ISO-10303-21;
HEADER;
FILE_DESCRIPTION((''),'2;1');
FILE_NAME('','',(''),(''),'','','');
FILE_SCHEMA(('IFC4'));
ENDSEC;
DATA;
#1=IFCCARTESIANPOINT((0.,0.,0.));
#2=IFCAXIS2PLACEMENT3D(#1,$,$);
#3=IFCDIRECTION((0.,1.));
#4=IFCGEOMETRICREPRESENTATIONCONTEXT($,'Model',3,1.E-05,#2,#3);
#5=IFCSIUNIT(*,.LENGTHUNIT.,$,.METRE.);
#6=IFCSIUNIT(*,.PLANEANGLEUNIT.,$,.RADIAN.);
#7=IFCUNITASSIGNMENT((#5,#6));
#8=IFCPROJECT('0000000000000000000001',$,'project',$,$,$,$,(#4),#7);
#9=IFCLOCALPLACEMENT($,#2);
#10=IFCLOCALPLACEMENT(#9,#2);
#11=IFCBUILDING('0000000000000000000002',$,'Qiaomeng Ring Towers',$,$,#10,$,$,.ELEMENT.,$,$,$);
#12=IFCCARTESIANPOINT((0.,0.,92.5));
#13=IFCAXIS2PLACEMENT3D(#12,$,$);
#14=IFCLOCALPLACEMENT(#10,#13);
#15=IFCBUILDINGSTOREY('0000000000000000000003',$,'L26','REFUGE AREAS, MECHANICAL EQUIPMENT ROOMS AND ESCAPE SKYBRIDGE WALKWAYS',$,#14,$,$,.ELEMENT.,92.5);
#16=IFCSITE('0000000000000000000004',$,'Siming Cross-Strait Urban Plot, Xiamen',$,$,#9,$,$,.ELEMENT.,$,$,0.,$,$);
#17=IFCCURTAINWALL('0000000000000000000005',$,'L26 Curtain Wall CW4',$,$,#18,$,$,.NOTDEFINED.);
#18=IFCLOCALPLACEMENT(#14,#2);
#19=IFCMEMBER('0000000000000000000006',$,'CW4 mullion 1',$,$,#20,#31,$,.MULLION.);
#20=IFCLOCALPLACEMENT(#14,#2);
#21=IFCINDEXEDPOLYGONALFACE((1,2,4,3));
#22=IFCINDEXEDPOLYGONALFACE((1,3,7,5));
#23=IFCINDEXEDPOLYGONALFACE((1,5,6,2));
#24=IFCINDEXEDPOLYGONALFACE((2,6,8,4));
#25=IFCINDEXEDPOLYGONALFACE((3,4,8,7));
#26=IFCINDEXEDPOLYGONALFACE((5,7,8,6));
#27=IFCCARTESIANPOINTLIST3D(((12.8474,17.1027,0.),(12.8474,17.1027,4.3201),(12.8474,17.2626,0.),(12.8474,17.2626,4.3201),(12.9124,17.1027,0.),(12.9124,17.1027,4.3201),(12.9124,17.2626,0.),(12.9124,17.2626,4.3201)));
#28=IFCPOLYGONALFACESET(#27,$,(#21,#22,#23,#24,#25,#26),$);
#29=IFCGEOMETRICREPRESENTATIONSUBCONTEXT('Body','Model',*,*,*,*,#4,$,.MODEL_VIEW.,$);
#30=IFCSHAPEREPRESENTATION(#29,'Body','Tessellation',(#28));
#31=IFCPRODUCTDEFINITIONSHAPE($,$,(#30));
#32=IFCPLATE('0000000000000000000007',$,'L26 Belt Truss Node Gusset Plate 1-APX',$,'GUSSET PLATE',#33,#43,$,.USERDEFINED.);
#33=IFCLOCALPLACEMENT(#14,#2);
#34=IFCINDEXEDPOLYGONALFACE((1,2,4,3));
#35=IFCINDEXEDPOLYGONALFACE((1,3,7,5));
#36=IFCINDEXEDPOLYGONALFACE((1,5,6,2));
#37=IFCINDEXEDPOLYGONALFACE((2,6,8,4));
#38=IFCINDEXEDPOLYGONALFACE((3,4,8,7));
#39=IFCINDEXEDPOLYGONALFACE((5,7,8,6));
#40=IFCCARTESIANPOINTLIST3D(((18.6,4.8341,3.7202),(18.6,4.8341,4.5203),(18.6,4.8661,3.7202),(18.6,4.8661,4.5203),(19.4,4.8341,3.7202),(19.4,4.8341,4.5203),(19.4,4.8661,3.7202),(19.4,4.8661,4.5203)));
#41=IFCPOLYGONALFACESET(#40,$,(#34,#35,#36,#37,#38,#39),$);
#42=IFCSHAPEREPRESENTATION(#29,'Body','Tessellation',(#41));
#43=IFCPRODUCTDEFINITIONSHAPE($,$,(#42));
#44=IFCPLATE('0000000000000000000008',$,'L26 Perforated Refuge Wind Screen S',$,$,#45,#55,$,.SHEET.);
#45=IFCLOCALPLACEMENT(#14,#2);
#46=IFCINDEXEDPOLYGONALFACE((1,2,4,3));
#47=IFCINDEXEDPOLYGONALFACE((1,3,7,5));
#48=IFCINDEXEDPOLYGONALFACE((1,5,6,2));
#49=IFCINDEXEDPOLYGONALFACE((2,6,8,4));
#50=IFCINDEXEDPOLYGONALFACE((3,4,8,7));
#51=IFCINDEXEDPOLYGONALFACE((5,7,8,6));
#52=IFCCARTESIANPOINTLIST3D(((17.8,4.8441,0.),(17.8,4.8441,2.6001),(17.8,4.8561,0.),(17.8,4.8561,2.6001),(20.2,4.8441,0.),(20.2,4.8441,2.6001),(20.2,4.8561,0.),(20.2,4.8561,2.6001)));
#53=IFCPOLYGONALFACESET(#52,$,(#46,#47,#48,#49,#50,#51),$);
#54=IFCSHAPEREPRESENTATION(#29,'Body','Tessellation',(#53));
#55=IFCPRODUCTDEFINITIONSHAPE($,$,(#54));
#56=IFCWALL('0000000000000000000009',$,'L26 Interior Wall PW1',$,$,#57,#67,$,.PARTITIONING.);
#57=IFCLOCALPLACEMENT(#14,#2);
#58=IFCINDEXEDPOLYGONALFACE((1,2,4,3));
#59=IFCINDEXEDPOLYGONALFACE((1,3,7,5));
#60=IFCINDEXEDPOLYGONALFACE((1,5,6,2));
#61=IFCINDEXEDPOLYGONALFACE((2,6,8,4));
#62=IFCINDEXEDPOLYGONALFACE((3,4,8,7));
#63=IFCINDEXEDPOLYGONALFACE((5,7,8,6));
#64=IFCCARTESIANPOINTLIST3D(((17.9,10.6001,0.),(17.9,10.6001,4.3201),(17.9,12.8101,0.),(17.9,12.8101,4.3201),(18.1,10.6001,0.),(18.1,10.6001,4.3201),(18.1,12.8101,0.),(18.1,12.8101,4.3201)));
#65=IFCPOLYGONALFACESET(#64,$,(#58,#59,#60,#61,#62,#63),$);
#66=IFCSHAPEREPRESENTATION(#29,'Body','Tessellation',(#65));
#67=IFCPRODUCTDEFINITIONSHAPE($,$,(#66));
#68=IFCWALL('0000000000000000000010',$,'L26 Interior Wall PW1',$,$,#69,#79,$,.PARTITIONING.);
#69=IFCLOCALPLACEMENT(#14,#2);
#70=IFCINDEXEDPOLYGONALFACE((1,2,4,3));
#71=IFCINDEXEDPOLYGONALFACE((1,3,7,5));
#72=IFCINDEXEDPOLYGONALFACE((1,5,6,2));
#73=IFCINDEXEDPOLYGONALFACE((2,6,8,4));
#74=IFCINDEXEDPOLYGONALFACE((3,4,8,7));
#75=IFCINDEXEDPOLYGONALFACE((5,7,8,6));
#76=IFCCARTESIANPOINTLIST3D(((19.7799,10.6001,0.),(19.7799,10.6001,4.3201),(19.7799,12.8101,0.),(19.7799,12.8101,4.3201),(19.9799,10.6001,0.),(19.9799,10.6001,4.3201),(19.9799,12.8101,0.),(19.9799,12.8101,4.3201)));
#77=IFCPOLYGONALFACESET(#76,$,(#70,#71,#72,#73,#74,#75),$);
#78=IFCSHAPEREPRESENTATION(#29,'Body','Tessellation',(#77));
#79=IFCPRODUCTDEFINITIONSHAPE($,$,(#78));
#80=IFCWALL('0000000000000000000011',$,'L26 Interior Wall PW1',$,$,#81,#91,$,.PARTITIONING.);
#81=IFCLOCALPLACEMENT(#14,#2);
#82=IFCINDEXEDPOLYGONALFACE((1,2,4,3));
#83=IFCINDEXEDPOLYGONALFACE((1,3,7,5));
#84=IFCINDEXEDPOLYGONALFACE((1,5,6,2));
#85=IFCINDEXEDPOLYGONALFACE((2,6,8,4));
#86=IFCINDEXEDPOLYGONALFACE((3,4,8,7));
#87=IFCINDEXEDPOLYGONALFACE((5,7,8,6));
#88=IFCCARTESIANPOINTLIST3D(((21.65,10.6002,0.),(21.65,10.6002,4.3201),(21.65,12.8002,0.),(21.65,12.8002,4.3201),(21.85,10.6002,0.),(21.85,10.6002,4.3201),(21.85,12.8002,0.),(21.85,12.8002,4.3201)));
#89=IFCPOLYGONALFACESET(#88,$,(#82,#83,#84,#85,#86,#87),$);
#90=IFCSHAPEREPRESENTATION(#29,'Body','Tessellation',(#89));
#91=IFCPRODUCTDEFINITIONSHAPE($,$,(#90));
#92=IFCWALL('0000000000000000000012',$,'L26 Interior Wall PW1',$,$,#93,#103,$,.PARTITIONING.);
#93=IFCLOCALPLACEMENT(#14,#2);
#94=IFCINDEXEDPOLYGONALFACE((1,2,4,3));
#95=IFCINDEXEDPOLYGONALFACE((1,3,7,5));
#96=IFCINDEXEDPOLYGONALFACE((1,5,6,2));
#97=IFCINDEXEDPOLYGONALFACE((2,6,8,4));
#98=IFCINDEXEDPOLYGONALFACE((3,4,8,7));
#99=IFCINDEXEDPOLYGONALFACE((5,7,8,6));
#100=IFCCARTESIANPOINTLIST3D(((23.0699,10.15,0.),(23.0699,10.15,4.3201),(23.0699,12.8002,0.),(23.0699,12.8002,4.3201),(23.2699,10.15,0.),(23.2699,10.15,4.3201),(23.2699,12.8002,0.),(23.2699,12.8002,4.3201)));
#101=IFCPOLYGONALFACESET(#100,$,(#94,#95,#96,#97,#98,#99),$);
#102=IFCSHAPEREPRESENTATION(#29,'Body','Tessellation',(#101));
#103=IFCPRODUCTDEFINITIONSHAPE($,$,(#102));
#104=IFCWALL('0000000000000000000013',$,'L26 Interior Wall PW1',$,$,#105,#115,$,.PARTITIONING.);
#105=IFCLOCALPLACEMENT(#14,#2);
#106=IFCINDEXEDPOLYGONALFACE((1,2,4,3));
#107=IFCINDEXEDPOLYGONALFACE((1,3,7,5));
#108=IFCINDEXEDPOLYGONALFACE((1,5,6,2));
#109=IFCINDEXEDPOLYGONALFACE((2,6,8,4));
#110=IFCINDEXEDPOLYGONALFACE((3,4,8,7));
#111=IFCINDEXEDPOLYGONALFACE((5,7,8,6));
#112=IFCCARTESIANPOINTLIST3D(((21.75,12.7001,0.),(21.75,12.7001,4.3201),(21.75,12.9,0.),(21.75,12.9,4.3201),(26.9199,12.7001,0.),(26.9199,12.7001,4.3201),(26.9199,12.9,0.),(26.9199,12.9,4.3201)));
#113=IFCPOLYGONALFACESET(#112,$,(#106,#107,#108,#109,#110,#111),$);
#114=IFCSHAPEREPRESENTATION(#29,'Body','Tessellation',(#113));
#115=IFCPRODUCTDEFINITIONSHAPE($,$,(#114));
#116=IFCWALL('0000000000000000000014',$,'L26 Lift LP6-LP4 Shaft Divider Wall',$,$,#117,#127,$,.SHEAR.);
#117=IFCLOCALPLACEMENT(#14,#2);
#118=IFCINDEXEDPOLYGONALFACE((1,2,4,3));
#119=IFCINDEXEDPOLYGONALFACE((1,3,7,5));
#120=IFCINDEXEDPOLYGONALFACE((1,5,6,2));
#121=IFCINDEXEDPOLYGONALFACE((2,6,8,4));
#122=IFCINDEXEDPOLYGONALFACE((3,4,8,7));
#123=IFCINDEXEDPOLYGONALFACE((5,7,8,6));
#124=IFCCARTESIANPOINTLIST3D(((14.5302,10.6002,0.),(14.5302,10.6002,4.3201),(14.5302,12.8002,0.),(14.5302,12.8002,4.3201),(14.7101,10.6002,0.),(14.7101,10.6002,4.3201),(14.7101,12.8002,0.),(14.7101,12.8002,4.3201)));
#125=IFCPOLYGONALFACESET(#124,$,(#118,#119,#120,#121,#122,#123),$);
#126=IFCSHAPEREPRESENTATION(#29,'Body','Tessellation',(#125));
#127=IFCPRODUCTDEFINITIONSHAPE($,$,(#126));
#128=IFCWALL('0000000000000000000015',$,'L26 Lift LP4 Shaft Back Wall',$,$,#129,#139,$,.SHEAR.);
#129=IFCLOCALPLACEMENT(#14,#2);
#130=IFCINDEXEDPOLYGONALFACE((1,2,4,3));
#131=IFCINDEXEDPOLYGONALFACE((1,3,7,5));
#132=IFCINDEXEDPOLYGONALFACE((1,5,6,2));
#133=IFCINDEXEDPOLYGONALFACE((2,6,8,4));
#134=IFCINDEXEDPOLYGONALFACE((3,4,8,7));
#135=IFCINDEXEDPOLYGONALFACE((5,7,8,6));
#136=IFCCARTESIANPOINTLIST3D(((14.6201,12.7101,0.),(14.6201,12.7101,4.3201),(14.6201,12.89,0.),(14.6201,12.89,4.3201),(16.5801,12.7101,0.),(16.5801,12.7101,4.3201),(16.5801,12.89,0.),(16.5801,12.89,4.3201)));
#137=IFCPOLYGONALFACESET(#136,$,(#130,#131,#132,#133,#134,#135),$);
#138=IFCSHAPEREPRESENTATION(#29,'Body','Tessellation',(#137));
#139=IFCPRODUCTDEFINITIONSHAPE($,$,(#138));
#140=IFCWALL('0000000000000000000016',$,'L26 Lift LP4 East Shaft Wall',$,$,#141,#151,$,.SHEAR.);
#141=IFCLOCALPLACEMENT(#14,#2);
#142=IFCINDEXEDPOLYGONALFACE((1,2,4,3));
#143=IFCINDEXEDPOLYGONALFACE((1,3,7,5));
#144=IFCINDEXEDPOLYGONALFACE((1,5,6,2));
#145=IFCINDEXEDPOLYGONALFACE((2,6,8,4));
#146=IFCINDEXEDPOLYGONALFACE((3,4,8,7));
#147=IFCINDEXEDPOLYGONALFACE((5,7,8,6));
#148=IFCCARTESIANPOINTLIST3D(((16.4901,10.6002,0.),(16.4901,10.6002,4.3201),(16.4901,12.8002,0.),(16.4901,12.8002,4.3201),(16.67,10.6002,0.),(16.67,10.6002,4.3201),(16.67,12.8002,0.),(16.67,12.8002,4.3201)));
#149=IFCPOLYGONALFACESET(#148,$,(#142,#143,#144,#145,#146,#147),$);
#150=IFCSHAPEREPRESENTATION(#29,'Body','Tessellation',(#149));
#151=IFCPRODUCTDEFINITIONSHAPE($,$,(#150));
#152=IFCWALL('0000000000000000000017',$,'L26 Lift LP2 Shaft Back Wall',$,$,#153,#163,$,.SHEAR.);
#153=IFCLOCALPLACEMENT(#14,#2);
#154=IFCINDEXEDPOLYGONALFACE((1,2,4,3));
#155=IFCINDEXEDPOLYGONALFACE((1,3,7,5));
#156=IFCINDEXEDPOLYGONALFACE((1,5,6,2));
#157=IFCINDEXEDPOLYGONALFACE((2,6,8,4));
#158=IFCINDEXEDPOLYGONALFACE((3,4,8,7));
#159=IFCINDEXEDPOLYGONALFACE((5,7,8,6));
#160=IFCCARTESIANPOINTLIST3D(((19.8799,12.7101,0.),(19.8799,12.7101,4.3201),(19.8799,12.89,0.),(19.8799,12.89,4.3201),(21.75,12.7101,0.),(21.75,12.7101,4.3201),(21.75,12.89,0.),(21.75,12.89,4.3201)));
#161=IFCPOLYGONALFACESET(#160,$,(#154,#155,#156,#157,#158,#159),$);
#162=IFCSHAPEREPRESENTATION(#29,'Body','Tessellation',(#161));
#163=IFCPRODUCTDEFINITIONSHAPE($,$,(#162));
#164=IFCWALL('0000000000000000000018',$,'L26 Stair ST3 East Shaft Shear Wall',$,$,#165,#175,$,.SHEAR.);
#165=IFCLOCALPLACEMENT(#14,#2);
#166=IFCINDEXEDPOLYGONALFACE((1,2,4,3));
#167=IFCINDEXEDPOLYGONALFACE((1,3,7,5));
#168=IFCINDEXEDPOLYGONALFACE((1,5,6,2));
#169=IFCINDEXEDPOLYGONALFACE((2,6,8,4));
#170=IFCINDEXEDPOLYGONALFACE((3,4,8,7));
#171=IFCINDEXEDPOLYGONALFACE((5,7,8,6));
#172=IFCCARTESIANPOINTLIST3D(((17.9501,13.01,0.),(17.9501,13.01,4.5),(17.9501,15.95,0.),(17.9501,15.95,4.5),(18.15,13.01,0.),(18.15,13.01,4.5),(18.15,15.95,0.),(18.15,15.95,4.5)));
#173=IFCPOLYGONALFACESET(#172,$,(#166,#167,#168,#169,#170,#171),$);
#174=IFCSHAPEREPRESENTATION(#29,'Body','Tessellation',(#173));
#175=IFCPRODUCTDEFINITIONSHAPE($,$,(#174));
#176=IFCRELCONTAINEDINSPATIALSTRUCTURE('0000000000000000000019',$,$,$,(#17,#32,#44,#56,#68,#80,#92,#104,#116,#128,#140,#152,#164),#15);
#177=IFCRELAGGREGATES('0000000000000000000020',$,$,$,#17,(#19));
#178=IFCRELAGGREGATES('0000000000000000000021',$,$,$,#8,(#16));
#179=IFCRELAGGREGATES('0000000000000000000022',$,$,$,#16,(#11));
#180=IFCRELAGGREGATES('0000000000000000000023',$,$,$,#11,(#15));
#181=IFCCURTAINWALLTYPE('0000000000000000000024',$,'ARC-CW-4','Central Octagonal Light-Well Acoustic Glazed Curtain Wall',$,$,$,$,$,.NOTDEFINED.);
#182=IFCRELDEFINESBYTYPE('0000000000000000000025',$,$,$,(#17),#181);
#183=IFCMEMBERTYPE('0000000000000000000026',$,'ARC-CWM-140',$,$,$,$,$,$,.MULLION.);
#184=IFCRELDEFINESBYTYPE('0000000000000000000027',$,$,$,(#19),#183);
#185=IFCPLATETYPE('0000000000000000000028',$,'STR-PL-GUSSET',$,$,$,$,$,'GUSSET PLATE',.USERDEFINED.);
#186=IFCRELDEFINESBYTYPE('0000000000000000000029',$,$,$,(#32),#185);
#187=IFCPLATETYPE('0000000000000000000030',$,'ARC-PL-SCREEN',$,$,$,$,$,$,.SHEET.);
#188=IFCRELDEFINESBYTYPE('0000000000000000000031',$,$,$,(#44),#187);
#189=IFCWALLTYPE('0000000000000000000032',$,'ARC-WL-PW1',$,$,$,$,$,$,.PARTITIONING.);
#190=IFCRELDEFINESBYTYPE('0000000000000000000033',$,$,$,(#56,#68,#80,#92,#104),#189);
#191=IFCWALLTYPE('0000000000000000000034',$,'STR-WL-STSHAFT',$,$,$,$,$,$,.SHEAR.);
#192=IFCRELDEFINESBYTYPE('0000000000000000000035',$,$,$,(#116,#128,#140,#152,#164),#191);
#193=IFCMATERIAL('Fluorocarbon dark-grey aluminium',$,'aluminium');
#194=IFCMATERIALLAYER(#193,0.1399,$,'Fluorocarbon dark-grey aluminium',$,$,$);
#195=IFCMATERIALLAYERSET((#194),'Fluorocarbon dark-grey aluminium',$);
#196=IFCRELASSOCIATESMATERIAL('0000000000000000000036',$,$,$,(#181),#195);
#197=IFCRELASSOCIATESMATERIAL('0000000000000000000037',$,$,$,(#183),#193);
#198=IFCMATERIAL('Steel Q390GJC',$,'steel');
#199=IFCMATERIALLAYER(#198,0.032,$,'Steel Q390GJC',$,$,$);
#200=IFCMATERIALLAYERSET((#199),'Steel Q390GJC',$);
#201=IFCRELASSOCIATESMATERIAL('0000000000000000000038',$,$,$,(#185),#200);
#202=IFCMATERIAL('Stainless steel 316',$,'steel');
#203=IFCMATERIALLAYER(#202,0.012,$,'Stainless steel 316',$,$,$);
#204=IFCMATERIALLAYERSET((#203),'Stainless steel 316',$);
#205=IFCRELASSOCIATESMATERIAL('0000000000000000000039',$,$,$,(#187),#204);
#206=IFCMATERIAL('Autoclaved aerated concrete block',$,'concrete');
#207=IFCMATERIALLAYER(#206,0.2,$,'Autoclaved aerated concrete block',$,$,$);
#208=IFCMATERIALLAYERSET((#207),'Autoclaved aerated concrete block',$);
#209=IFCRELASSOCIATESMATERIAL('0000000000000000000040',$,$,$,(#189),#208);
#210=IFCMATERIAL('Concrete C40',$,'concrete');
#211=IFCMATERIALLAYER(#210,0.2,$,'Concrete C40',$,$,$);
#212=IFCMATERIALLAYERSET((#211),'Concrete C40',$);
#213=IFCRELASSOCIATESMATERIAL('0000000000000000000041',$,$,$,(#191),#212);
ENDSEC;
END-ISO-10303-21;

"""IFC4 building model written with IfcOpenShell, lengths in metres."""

from ifc_helpers import new_model, si_unit, direction, frame, frame_2d, origin, origin_2d, place, context, subcontext, project, spatial, rectangle, extrude, source, transform, mapped, material, layer, layer_set, material_profile, profile_set, type_object, element, aggregate, save


model = new_model("IFC4")

# Units and contexts
model_context = context("Model", 3, precision=1e-05, world=origin(), true_north=direction((0.0, 1.0)))
body_context = subcontext(model_context, "Body", "Model", "MODEL_VIEW")
ifc_project = project(units=[si_unit("LENGTHUNIT", "METRE"), si_unit("PLANEANGLEUNIT", "RADIAN")], contexts=[model_context])

# Site, building, storey
site_placement = place(None, origin())
site = spatial("IfcSite", under=ifc_project, at=site_placement, Name="Siming Cross-Strait Urban Plot, Xiamen", CompositionType="ELEMENT", RefElevation=0.0)
building_placement = place(site_placement, origin())
building = spatial("IfcBuilding", under=site, at=building_placement, Name="Qiaomeng Ring Towers", CompositionType="ELEMENT")
storey_placement = place(building_placement, frame((0.0, 0.0, 92.5)))
storey = spatial("IfcBuildingStorey", under=building, at=storey_placement, Name="L26", Description="REFUGE AREAS, MECHANICAL EQUIPMENT ROOMS AND ESCAPE SKYBRIDGE WALKWAYS", CompositionType="ELEMENT", Elevation=92.5)

# Shared definitions
ifc_material_1 = material(Name="Steel Q390GJC", Category="steel")

# Curtain wall, member
ifc_material_2 = material(Name="Fluorocarbon dark-grey aluminium", Category="aluminium")
ifc_layer_1 = layer(ifc_material_2, 0.1399, Name="Fluorocarbon dark-grey aluminium")
ifc_layer_set_1 = layer_set([ifc_layer_1], Name="Fluorocarbon dark-grey aluminium")
curtain_wall_type = type_object("IfcCurtainWallType", Name="ARC-CW-4", Description="Central Octagonal Light-Well Acoustic Glazed Curtain Wall", PredefinedType="NOTDEFINED", material=ifc_layer_set_1)
curtain_wall_placement = place(storey_placement, origin())
curtain_wall = element("IfcCurtainWall", 1, at=curtain_wall_placement, inside=storey, type_object=curtain_wall_type, Name="L26 Curtain Wall CW4", PredefinedType="NOTDEFINED")
ifc_material_profile_1 = material_profile(ifc_material_2, rectangle(XDim=0.0649, YDim=0.1599, at=origin_2d()), Name="ALU MULL 65x160")
ifc_profile_set_1 = profile_set([ifc_material_profile_1], Name="Fluorocarbon dark-grey aluminium")
member_type_1 = type_object("IfcMemberType", Name="ARC-CWM-140", PredefinedType="MULLION", material=ifc_profile_set_1)
shared_shape_1 = source(origin(), body_context, "Body", "SweptSolid", [
    extrude(rectangle(XDim=0.0649, YDim=0.1599, at=origin_2d()), origin(), (0.0, 0.0, 1.0), 4.3201),
])
member_1_placement = place(storey_placement, frame((12.8799, 17.1826, 0.0), z_axis=(0.0, 0.0, 1.0), x_axis=(-1.0, 0.0, 0.0)))
member_1 = element("IfcMember", 2, at=member_1_placement, type_object=member_type_1, Name="CW4 mullion 1", PredefinedType="MULLION", context=body_context, shape_type="MappedRepresentation", body=[
    mapped(shared_shape_1, transform((0.0, 0.0, 0.0), x_axis=(1.0, 0.0, 0.0), y_axis=(0.0, 1.0, 0.0), z_axis=(0.0, 0.0, 1.0), scale=1.0)),
])
aggregate(curtain_wall, [member_1])

# Plates
ifc_layer_2 = layer(ifc_material_1, 0.032, Name="Steel Q390GJC")
ifc_layer_set_2 = layer_set([ifc_layer_2], Name="Steel Q390GJC")
plate_type_1 = type_object("IfcPlateType", Name="STR-PL-GUSSET", ElementType="GUSSET PLATE", PredefinedType="USERDEFINED", material=ifc_layer_set_2)
shared_shape_2 = source(origin(), body_context, "Body", "SweptSolid", [
    extrude(rectangle(XDim=0.8, YDim=0.032, at=origin_2d()), origin(), (0.0, 0.0, 1.0), 0.8),
])
plate_1_placement = place(storey_placement, frame((19.0, 4.8501, 3.7202), z_axis=(0.0, 0.0, 1.0), x_axis=(1.0, 0.0, 0.0)))
element("IfcPlate", 3, at=plate_1_placement, inside=storey, type_object=plate_type_1, Name="L26 Belt Truss Node Gusset Plate 1-APX", ObjectType="GUSSET PLATE", PredefinedType="USERDEFINED", context=body_context, shape_type="MappedRepresentation", body=[
    mapped(shared_shape_2, transform((0.0, 0.0, 0.0), x_axis=(1.0, 0.0, 0.0), y_axis=(0.0, 1.0, 0.0), z_axis=(0.0, 0.0, 1.0), scale=1.0)),
])
ifc_material_3 = material(Name="Stainless steel 316", Category="steel")
ifc_layer_3 = layer(ifc_material_3, 0.012, Name="Stainless steel 316")
ifc_layer_set_3 = layer_set([ifc_layer_3], Name="Stainless steel 316")
plate_type_2 = type_object("IfcPlateType", Name="ARC-PL-SCREEN", PredefinedType="SHEET", material=ifc_layer_set_3)
shared_shape_3 = source(origin(), body_context, "Body", "SweptSolid", [
    extrude(rectangle(XDim=2.3999, YDim=0.012, at=origin_2d()), origin(), (0.0, 0.0, 1.0), 2.6001),
])
plate_2_placement = place(storey_placement, frame((19.0, 4.8501, 0.0), z_axis=(0.0, 0.0, 1.0), x_axis=(1.0, 0.0, 0.0)))
element("IfcPlate", 4, at=plate_2_placement, inside=storey, type_object=plate_type_2, Name="L26 Perforated Refuge Wind Screen S", PredefinedType="SHEET", context=body_context, shape_type="MappedRepresentation", body=[
    mapped(shared_shape_3, transform((0.0, 0.0, 0.0), x_axis=(1.0, 0.0, 0.0), y_axis=(0.0, 1.0, 0.0), z_axis=(0.0, 0.0, 1.0), scale=1.0)),
])

# Walls
ifc_material_4 = material(Name="Autoclaved aerated concrete block", Category="concrete")
ifc_layer_4 = layer(ifc_material_4, 0.2, Name="Autoclaved aerated concrete block")
ifc_layer_set_4 = layer_set([ifc_layer_4], Name="Autoclaved aerated concrete block")
wall_type_1 = type_object("IfcWallType", Name="ARC-WL-PW1", PredefinedType="PARTITIONING", material=ifc_layer_set_4)
for number, where, z_axis, x_axis, name in (
    (5, (18.0, 10.6001, 0.0), (0.0, 0.0, 1.0), (0.0, 1.0, 0.0), "L26 Interior Wall PW1"),
    (6, (19.8799, 10.6001, 0.0), (0.0, 0.0, 1.0), (0.0, 1.0, 0.0), "L26 Interior Wall PW1"),
):
    element("IfcWall", number, at=place(storey_placement, frame(where, z_axis=z_axis, x_axis=x_axis)), inside=storey, type_object=wall_type_1, Name=name, PredefinedType="PARTITIONING", context=body_context, shape_type="SweptSolid", body=[
        extrude(rectangle(XDim=2.21, YDim=0.2, at=frame_2d((1.105, 0.0))), origin(), (0.0, 0.0, 1.0), 4.3201),
    ])
wall_1_placement = place(storey_placement, frame((21.75, 10.6001, 0.0), z_axis=(0.0, 0.0, 1.0), x_axis=(0.0, 1.0, 0.0)))
element("IfcWall", 7, at=wall_1_placement, inside=storey, type_object=wall_type_1, Name="L26 Interior Wall PW1", PredefinedType="PARTITIONING", context=body_context, shape_type="SweptSolid", body=[
    extrude(rectangle(XDim=2.2, YDim=0.2, at=frame_2d((1.1001, 0.0))), origin(), (0.0, 0.0, 1.0), 4.3201),
])
wall_2_placement = place(storey_placement, frame((23.1699, 10.1499, 0.0), z_axis=(0.0, 0.0, 1.0), x_axis=(0.0, 1.0, 0.0)))
element("IfcWall", 8, at=wall_2_placement, inside=storey, type_object=wall_type_1, Name="L26 Interior Wall PW1", PredefinedType="PARTITIONING", context=body_context, shape_type="SweptSolid", body=[
    extrude(rectangle(XDim=2.6501, YDim=0.2, at=frame_2d((1.3252, 0.0))), origin(), (0.0, 0.0, 1.0), 4.3201),
])
wall_3_placement = place(storey_placement, frame((21.75, 12.8, 0.0), z_axis=(0.0, 0.0, 1.0), x_axis=(1.0, 0.0, 0.0)))
element("IfcWall", 9, at=wall_3_placement, inside=storey, type_object=wall_type_1, Name="L26 Interior Wall PW1", PredefinedType="PARTITIONING", context=body_context, shape_type="SweptSolid", body=[
    extrude(rectangle(XDim=5.1699, YDim=0.2, at=frame_2d((2.585, 0.0))), origin(), (0.0, 0.0, 1.0), 4.3201),
])
ifc_material_5 = material(Name="Concrete C40", Category="concrete")
ifc_layer_5 = layer(ifc_material_5, 0.2, Name="Concrete C40")
ifc_layer_set_5 = layer_set([ifc_layer_5], Name="Concrete C40")
wall_type_2 = type_object("IfcWallType", Name="STR-WL-STSHAFT", PredefinedType="SHEAR", material=ifc_layer_set_5)
wall_4_placement = place(storey_placement, frame((14.6201, 10.6001, 0.0), z_axis=(0.0, 0.0, 1.0), x_axis=(0.0, 1.0, 0.0)))
element("IfcWall", 10, at=wall_4_placement, inside=storey, type_object=wall_type_2, Name="L26 Lift LP6-LP4 Shaft Divider Wall", PredefinedType="SHEAR", context=body_context, shape_type="SweptSolid", body=[
    extrude(rectangle(XDim=2.2, YDim=0.1799, at=frame_2d((1.1001, 0.0))), origin(), (0.0, 0.0, 1.0), 4.3201),
])
wall_5_placement = place(storey_placement, frame((14.6201, 12.8, 0.0), z_axis=(0.0, 0.0, 1.0), x_axis=(1.0, 0.0, 0.0)))
element("IfcWall", 11, at=wall_5_placement, inside=storey, type_object=wall_type_2, Name="L26 Lift LP4 Shaft Back Wall", PredefinedType="SHEAR", context=body_context, shape_type="SweptSolid", body=[
    extrude(rectangle(XDim=1.96, YDim=0.1799, at=frame_2d((0.98, 0.0))), origin(), (0.0, 0.0, 1.0), 4.3201),
])
wall_6_placement = place(storey_placement, frame((16.5801, 10.6001, 0.0), z_axis=(0.0, 0.0, 1.0), x_axis=(0.0, 1.0, 0.0)))
element("IfcWall", 12, at=wall_6_placement, inside=storey, type_object=wall_type_2, Name="L26 Lift LP4 East Shaft Wall", PredefinedType="SHEAR", context=body_context, shape_type="SweptSolid", body=[
    extrude(rectangle(XDim=2.2, YDim=0.1799, at=frame_2d((1.1001, 0.0))), origin(), (0.0, 0.0, 1.0), 4.3201),
])
wall_7_placement = place(storey_placement, frame((19.8799, 12.8, 0.0), z_axis=(0.0, 0.0, 1.0), x_axis=(1.0, 0.0, 0.0)))
element("IfcWall", 13, at=wall_7_placement, inside=storey, type_object=wall_type_2, Name="L26 Lift LP2 Shaft Back Wall", PredefinedType="SHEAR", context=body_context, shape_type="SweptSolid", body=[
    extrude(rectangle(XDim=1.8701, YDim=0.1799, at=frame_2d((0.9351, 0.0))), origin(), (0.0, 0.0, 1.0), 4.3201),
])
wall_8_placement = place(storey_placement, frame((18.05, 13.01, 0.0), z_axis=(0.0, 0.0, 1.0), x_axis=(0.0, 1.0, 0.0)))
element("IfcWall", 14, at=wall_8_placement, inside=storey, type_object=wall_type_2, Name="L26 Stair ST3 East Shaft Shear Wall", PredefinedType="SHEAR", context=body_context, shape_type="SweptSolid", body=[
    extrude(rectangle(XDim=2.9399, YDim=0.2, at=frame_2d((1.47, 0.0))), origin(), (0.0, 0.0, 1.0), 4.5),
])

save(model, "model.ifc")
